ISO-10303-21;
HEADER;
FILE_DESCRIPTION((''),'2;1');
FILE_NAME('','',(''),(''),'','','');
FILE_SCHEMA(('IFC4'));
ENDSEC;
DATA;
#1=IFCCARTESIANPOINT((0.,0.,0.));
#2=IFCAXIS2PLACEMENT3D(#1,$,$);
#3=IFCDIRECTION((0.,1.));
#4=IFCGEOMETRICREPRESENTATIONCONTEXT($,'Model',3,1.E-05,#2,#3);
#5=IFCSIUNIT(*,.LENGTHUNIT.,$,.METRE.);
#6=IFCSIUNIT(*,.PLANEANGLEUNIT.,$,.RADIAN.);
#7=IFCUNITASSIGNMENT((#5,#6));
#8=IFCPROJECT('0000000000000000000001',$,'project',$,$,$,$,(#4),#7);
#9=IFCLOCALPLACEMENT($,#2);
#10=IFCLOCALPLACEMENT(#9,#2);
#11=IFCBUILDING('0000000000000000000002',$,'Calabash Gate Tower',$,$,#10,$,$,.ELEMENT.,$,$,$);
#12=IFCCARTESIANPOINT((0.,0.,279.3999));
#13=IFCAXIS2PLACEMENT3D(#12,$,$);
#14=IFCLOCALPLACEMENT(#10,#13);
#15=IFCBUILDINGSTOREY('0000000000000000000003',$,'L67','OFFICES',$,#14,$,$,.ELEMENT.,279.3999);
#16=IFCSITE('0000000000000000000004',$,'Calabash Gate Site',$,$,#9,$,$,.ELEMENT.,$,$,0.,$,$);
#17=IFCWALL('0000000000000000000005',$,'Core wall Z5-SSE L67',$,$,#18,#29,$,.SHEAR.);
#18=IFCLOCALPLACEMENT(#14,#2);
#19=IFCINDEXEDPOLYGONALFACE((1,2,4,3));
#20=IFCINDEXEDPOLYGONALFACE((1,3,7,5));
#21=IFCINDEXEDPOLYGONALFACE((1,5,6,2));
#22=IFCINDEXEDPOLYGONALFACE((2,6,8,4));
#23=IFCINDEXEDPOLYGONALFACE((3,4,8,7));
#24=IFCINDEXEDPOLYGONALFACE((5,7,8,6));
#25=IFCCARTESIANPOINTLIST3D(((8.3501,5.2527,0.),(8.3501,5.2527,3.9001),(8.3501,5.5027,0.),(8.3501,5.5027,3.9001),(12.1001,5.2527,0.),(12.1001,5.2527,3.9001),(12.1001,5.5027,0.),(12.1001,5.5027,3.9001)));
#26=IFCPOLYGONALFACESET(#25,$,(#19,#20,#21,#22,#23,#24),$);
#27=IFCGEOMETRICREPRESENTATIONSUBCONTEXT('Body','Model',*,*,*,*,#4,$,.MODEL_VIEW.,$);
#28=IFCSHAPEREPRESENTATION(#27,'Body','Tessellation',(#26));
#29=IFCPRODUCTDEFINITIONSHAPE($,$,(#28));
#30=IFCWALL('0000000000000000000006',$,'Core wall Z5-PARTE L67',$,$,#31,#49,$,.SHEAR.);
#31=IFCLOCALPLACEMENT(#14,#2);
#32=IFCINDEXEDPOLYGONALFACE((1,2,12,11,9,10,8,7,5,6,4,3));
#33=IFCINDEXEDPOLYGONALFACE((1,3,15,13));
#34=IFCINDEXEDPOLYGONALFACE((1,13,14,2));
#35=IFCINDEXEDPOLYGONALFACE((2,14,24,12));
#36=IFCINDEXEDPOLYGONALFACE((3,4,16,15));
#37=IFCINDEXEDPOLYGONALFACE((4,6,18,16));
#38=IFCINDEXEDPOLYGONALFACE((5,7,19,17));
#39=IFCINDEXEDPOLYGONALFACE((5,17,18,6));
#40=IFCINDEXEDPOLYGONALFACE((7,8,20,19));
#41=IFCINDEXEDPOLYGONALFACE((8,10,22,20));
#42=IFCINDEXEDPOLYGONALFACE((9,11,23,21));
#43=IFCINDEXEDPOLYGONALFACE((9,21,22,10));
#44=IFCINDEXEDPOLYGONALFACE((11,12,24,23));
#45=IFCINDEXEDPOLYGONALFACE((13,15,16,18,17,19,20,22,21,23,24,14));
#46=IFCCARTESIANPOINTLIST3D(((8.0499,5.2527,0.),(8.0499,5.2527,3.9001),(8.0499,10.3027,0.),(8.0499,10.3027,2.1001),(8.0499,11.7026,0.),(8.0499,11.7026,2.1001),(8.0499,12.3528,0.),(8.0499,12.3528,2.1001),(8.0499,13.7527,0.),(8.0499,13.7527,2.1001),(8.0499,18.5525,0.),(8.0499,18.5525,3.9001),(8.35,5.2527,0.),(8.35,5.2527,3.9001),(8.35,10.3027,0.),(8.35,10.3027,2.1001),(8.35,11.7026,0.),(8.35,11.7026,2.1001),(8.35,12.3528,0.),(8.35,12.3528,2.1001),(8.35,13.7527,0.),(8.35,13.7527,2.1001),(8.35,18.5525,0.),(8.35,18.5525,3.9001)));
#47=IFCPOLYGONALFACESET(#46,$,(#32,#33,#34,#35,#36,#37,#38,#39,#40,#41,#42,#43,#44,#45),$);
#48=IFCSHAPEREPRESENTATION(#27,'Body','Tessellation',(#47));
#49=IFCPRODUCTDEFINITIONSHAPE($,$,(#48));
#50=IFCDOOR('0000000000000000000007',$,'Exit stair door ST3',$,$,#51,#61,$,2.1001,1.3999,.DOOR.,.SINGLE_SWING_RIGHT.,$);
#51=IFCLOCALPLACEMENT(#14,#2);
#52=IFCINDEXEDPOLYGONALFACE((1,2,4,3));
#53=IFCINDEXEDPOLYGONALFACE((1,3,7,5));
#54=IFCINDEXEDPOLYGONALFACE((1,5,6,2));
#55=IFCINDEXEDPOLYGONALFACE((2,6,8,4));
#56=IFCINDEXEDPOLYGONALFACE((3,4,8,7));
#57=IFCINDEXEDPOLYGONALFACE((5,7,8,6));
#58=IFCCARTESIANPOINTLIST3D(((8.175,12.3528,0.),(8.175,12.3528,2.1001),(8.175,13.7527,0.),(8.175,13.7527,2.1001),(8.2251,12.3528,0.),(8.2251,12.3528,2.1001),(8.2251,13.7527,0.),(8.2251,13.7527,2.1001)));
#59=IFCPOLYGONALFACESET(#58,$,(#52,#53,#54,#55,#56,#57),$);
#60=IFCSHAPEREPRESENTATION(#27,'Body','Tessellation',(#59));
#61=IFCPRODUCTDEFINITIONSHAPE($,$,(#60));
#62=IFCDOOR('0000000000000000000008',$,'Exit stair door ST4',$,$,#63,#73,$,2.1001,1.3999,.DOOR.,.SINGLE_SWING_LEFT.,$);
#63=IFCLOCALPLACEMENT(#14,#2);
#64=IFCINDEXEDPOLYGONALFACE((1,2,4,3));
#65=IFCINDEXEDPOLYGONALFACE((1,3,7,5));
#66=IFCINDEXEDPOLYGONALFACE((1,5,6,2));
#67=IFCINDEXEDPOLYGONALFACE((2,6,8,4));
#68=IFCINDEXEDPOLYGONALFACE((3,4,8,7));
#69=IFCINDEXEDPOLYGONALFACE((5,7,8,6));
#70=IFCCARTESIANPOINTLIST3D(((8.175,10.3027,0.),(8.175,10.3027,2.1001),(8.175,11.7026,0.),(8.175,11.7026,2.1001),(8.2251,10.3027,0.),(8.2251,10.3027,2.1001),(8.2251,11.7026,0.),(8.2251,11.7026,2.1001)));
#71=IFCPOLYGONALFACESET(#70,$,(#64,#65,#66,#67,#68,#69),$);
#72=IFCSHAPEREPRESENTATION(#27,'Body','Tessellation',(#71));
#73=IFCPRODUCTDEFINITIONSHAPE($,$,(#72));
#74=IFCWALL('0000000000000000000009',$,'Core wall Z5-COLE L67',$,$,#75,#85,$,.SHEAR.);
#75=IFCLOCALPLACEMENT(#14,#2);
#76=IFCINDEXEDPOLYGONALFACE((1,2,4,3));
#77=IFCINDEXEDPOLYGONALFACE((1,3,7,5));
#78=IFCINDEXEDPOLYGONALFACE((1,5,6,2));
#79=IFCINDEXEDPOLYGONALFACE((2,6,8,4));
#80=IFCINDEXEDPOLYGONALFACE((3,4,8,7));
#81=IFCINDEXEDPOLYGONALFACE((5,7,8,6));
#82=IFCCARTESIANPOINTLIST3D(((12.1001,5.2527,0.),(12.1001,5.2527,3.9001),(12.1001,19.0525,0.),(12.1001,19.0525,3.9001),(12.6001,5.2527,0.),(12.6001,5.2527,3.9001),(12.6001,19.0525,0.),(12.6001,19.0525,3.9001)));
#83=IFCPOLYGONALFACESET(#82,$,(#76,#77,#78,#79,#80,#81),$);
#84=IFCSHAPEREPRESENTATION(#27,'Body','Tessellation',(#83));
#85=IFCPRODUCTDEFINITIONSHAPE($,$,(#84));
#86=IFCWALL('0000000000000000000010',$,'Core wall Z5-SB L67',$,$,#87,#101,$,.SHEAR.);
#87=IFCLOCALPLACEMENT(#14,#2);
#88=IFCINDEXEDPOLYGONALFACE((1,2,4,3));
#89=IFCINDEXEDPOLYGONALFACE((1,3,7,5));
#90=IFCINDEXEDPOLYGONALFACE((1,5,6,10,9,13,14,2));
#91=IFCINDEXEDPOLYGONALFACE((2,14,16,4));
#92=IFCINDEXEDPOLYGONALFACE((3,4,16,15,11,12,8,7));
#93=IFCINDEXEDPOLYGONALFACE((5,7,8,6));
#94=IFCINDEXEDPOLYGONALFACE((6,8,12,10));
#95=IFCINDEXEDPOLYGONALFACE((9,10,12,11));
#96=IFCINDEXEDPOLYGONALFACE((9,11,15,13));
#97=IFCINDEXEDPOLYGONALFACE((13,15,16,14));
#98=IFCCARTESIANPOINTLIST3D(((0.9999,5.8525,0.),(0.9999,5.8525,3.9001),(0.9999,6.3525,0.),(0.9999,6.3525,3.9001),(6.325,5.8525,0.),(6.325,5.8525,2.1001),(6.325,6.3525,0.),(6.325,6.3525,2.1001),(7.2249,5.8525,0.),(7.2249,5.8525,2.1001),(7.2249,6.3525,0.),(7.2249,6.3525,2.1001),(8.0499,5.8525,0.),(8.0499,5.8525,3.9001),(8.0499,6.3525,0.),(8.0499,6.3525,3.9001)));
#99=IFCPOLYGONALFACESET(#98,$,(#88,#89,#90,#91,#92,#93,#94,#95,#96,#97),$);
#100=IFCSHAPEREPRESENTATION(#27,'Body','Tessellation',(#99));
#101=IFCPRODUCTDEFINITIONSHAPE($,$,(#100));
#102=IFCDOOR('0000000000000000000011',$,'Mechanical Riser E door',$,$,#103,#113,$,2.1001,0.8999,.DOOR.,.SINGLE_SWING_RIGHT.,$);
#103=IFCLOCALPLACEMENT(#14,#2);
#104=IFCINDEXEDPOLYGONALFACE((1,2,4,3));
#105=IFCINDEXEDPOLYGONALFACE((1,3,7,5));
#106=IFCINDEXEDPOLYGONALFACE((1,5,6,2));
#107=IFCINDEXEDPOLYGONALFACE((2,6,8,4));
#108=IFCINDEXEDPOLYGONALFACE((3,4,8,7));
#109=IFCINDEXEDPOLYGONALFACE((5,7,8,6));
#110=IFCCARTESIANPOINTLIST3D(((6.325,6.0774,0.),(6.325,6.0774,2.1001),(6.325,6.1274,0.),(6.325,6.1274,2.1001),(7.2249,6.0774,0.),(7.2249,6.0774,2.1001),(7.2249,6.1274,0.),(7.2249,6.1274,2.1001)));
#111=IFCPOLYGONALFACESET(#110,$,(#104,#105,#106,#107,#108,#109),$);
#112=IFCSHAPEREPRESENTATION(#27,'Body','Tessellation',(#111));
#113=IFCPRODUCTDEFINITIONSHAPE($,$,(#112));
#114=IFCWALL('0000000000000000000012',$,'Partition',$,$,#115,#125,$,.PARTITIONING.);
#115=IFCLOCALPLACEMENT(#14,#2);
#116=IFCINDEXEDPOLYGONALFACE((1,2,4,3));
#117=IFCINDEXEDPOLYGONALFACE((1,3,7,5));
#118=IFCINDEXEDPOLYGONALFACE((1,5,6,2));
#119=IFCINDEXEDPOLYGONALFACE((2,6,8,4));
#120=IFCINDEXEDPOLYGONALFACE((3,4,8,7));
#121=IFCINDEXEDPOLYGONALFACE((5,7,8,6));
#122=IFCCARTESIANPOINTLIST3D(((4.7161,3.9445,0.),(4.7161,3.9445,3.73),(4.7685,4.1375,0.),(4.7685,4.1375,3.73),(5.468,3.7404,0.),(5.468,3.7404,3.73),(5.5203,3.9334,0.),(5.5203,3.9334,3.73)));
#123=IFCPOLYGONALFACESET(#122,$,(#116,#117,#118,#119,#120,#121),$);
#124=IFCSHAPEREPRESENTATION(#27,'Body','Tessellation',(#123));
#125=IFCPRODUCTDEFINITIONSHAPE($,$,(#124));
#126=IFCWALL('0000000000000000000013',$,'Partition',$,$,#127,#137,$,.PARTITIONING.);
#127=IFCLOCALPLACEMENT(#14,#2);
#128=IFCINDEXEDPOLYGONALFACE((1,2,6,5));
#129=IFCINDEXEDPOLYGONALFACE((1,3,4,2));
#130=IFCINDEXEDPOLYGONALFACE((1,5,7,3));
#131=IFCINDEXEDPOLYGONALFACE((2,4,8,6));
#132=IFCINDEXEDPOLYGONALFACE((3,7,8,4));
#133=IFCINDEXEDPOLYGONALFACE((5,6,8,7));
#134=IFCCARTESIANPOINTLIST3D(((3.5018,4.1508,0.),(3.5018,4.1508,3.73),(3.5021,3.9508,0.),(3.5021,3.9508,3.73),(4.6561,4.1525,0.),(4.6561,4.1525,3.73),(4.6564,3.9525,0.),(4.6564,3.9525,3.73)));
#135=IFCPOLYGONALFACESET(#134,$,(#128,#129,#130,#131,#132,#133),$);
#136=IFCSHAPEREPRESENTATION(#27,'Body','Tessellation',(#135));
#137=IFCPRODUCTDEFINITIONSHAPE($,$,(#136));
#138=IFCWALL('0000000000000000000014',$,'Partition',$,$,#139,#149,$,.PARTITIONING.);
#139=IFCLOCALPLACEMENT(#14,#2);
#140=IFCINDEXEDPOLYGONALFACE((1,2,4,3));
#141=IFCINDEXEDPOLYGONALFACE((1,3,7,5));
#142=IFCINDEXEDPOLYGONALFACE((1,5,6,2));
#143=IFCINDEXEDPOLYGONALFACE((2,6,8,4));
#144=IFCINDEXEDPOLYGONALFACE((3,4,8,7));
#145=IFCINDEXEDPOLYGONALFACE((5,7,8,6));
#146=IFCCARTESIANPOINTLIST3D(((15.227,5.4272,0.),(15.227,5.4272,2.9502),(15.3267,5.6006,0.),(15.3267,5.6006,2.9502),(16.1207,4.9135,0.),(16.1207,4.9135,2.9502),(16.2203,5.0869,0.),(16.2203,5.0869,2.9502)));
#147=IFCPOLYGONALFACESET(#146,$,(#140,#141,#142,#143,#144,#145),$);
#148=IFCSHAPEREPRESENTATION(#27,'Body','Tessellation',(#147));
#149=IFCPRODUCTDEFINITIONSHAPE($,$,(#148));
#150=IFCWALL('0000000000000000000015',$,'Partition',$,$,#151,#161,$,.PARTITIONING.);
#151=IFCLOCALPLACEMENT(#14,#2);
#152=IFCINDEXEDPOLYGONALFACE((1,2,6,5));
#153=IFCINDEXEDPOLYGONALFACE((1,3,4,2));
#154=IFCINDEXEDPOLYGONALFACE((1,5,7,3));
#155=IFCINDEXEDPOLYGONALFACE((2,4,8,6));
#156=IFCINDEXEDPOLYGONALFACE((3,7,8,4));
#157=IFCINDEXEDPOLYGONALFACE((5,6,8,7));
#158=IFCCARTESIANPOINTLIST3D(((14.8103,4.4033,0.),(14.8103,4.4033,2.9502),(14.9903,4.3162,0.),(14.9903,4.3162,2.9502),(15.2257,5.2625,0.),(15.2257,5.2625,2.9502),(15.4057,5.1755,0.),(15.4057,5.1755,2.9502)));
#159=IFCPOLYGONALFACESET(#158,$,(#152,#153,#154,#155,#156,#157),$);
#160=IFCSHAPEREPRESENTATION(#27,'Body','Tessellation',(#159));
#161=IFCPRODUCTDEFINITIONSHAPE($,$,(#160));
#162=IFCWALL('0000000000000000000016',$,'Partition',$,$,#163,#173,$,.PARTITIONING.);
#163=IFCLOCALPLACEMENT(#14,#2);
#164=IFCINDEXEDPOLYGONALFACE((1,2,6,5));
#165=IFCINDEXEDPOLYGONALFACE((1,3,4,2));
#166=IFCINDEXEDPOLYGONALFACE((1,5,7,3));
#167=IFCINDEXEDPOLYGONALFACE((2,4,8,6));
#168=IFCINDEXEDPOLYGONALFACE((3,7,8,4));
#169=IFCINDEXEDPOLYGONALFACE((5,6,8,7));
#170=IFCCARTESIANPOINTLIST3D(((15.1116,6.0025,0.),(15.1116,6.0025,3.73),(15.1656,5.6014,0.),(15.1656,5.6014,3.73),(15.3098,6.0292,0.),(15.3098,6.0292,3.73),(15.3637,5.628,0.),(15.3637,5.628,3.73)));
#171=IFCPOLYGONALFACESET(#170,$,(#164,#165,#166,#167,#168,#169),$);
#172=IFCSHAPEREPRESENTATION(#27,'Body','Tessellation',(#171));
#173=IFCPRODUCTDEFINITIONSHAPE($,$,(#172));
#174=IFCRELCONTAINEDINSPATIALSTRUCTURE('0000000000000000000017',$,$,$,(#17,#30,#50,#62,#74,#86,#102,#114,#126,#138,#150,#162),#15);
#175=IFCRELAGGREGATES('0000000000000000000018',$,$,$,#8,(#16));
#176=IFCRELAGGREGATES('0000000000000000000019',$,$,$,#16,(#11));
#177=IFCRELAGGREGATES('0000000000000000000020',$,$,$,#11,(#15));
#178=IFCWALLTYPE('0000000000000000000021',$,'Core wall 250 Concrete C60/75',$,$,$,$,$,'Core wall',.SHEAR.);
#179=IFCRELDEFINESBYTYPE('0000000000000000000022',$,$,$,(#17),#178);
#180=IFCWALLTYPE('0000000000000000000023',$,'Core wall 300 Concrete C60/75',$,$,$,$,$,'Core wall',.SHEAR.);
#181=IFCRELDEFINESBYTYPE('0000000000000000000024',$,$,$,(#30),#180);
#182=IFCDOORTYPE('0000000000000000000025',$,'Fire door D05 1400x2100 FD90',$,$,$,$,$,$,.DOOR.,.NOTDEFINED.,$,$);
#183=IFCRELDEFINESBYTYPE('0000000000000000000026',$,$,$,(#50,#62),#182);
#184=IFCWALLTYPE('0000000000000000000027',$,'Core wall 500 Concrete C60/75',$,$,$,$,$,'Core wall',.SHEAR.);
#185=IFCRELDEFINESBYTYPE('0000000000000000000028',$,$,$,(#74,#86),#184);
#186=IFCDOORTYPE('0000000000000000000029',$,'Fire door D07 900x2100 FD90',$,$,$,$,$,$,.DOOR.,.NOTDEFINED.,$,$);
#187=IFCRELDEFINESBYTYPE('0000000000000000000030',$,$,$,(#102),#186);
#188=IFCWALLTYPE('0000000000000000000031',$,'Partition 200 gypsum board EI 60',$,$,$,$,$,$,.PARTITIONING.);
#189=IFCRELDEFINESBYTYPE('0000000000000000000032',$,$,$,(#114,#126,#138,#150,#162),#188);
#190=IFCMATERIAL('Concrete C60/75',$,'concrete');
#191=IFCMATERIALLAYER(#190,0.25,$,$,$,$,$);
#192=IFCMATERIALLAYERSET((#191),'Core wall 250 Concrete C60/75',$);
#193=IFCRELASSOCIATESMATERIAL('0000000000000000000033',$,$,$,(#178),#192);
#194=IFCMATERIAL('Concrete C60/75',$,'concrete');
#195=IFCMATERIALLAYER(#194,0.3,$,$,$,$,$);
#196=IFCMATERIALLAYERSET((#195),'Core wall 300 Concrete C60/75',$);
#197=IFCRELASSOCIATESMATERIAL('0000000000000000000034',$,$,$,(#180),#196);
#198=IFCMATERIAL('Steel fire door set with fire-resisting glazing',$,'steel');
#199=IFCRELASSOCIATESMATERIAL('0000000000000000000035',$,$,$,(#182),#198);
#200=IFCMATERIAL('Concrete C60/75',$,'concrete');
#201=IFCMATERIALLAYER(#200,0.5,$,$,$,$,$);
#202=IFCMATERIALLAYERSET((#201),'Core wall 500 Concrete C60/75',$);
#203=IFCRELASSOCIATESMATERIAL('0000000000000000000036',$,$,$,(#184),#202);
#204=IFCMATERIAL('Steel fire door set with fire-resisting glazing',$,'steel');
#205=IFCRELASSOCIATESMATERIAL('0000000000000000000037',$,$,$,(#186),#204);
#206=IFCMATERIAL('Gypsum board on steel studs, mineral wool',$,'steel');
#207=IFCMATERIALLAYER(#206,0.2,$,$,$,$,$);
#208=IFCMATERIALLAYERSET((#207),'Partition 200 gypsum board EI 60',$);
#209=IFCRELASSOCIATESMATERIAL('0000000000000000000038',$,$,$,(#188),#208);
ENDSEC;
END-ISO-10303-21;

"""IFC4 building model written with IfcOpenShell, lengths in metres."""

from ifc_helpers import new_model, si_unit, direction, frame, frame_2d, origin, place, context, subcontext, project, spatial, rectangle, extrude, material, layer, layer_set, type_object, element, fill, save


model = new_model("IFC4")

# Units and contexts
model_context = context("Model", 3, precision=1e-05, world=origin(), true_north=direction((0.0, 1.0)))
body_context = subcontext(model_context, "Body", "Model", "MODEL_VIEW")
ifc_project = project(units=[si_unit("LENGTHUNIT", "METRE"), si_unit("PLANEANGLEUNIT", "RADIAN")], contexts=[model_context])

# Site, building, storey
site_placement = place(None, origin())
site = spatial("IfcSite", under=ifc_project, at=site_placement, Name="Calabash Gate Site", CompositionType="ELEMENT", RefElevation=0.0)
building_placement = place(site_placement, origin())
building = spatial("IfcBuilding", under=site, at=building_placement, Name="Calabash Gate Tower", CompositionType="ELEMENT")
storey_placement = place(building_placement, frame((0.0, 0.0, 279.3999)))
storey = spatial("IfcBuildingStorey", under=building, at=storey_placement, Name="L67", Description="OFFICES", CompositionType="ELEMENT", Elevation=279.3999)

# Wall
ifc_material_1 = material(Name="Concrete C60/75", Category="concrete")
ifc_layer_1 = layer(ifc_material_1, 0.25)
ifc_layer_set_1 = layer_set([ifc_layer_1], Name="Core wall 250 Concrete C60/75")
wall_type_1 = type_object("IfcWallType", Name="Core wall 250 Concrete C60/75", ElementType="Core wall", PredefinedType="SHEAR", material=ifc_layer_set_1)
wall_1_placement = place(storey_placement, frame((8.3501, 5.3777, 0.0), z_axis=(0.0, 0.0, 1.0), x_axis=(1.0, 0.0, 0.0)))
element("IfcWall", 1, at=wall_1_placement, inside=storey, type_object=wall_type_1, Name="Core wall Z5-SSE L67", PredefinedType="SHEAR", context=body_context, shape_type="SweptSolid", body=[
    extrude(rectangle(XDim=3.75, YDim=0.25, at=frame_2d((1.875, 0.0))), origin(), (0.0, 0.0, 1.0), 3.9001),
])

# Wall, openings, doors
ifc_material_2 = material(Name="Concrete C60/75", Category="concrete")
ifc_layer_2 = layer(ifc_material_2, 0.3)
ifc_layer_set_2 = layer_set([ifc_layer_2], Name="Core wall 300 Concrete C60/75")
wall_type_2 = type_object("IfcWallType", Name="Core wall 300 Concrete C60/75", ElementType="Core wall", PredefinedType="SHEAR", material=ifc_layer_set_2)
wall_2_placement = place(storey_placement, frame((8.2, 5.2527, 0.0), z_axis=(0.0, 0.0, 1.0), x_axis=(0.0, 1.0, 0.0)))
wall_2 = element("IfcWall", 2, at=wall_2_placement, inside=storey, type_object=wall_type_2, Name="Core wall Z5-PARTE L67", PredefinedType="SHEAR", context=body_context, shape_type="SweptSolid", body=[
    extrude(rectangle(XDim=13.2998, YDim=0.3, at=frame_2d((6.6499, 0.0))), origin(), (0.0, 0.0, 1.0), 3.9001),
])
opening_1_placement = place(wall_2_placement, frame((7.1001, 0.0, 0.0)))
opening_1 = element("IfcOpeningElement", 3, at=opening_1_placement, cuts=wall_2, PredefinedType="OPENING", context=body_context, shape_type="SweptSolid", body=[
    extrude(rectangle(XDim=1.3999, YDim=2.1001, at=frame_2d((0.7, 1.05))), frame((0.0, 0.1599, 0.0), z_axis=(0.0, -1.0, 0.0), x_axis=(1.0, 0.0, 0.0)), (0.0, 0.0, 1.0), 0.3201),
])
opening_2_placement = place(wall_2_placement, frame((5.05, 0.0, 0.0)))
opening_2 = element("IfcOpeningElement", 4, at=opening_2_placement, cuts=wall_2, PredefinedType="OPENING", context=body_context, shape_type="SweptSolid", body=[
    extrude(rectangle(XDim=1.3999, YDim=2.1001, at=frame_2d((0.7, 1.05))), frame((0.0, 0.1599, 0.0), z_axis=(0.0, -1.0, 0.0), x_axis=(1.0, 0.0, 0.0)), (0.0, 0.0, 1.0), 0.3201),
])
ifc_material_3 = material(Name="Steel fire door set with fire-resisting glazing", Category="steel")
door_type_1 = type_object("IfcDoorType", Name="Fire door D05 1400x2100 FD90", OperationType="NOTDEFINED", PredefinedType="DOOR", material=ifc_material_3)
door_1_placement = place(opening_1_placement, origin())
door_1 = element("IfcDoor", 5, at=door_1_placement, inside=storey, type_object=door_type_1, Name="Exit stair door ST3", OperationType="SINGLE_SWING_RIGHT", OverallHeight=2.1001, OverallWidth=1.3999, PredefinedType="DOOR", context=body_context, shape_type="SweptSolid", body=[
    extrude(rectangle(XDim=1.3999, YDim=2.1001, at=frame_2d((0.7, 1.05))), frame((0.0, 0.0249, 0.0), z_axis=(0.0, -1.0, 0.0), x_axis=(1.0, 0.0, 0.0)), (0.0, 0.0, 1.0), 0.05),
])
fill(opening_1, door_1)
door_2_placement = place(opening_2_placement, origin())
door_2 = element("IfcDoor", 6, at=door_2_placement, inside=storey, type_object=door_type_1, Name="Exit stair door ST4", OperationType="SINGLE_SWING_LEFT", OverallHeight=2.1001, OverallWidth=1.3999, PredefinedType="DOOR", context=body_context, shape_type="SweptSolid", body=[
    extrude(rectangle(XDim=1.3999, YDim=2.1001, at=frame_2d((0.7, 1.05))), frame((0.0, 0.0249, 0.0), z_axis=(0.0, -1.0, 0.0), x_axis=(1.0, 0.0, 0.0)), (0.0, 0.0, 1.0), 0.05),
])
fill(opening_2, door_2)

# Wall
ifc_material_4 = material(Name="Concrete C60/75", Category="concrete")
ifc_layer_3 = layer(ifc_material_4, 0.5)
ifc_layer_set_3 = layer_set([ifc_layer_3], Name="Core wall 500 Concrete C60/75")
wall_type_3 = type_object("IfcWallType", Name="Core wall 500 Concrete C60/75", ElementType="Core wall", PredefinedType="SHEAR", material=ifc_layer_set_3)
wall_3_placement = place(storey_placement, frame((12.3501, 5.2527, 0.0), z_axis=(0.0, 0.0, 1.0), x_axis=(0.0, 1.0, 0.0)))
element("IfcWall", 7, at=wall_3_placement, inside=storey, type_object=wall_type_3, Name="Core wall Z5-COLE L67", PredefinedType="SHEAR", context=body_context, shape_type="SweptSolid", body=[
    extrude(rectangle(XDim=13.7998, YDim=0.5, at=frame_2d((6.8999, 0.0))), origin(), (0.0, 0.0, 1.0), 3.9001),
])

# Wall, opening, door
wall_4_placement = place(storey_placement, frame((1.0, 6.1025, 0.0), z_axis=(0.0, 0.0, 1.0), x_axis=(1.0, 0.0, 0.0)))
wall_4 = element("IfcWall", 8, at=wall_4_placement, inside=storey, type_object=wall_type_3, Name="Core wall Z5-SB L67", PredefinedType="SHEAR", context=body_context, shape_type="SweptSolid", body=[
    extrude(rectangle(XDim=7.05, YDim=0.5, at=frame_2d((3.5249, 0.0))), origin(), (0.0, 0.0, 1.0), 3.9001),
])
opening_3_placement = place(wall_4_placement, frame((5.325, 0.0, 0.0)))
opening_3 = element("IfcOpeningElement", 9, at=opening_3_placement, cuts=wall_4, PredefinedType="OPENING", context=body_context, shape_type="SweptSolid", body=[
    extrude(rectangle(XDim=0.8999, YDim=2.1001, at=frame_2d((0.45, 1.05))), frame((0.0, 0.26, 0.0), z_axis=(0.0, -1.0, 0.0), x_axis=(1.0, 0.0, 0.0)), (0.0, 0.0, 1.0), 0.52),
])
ifc_material_5 = material(Name="Steel fire door set with fire-resisting glazing", Category="steel")
door_type_2 = type_object("IfcDoorType", Name="Fire door D07 900x2100 FD90", OperationType="NOTDEFINED", PredefinedType="DOOR", material=ifc_material_5)
door_3_placement = place(opening_3_placement, origin())
door_3 = element("IfcDoor", 10, at=door_3_placement, inside=storey, type_object=door_type_2, Name="Mechanical Riser E door", OperationType="SINGLE_SWING_RIGHT", OverallHeight=2.1001, OverallWidth=0.8999, PredefinedType="DOOR", context=body_context, shape_type="SweptSolid", body=[
    extrude(rectangle(XDim=0.8999, YDim=2.1001, at=frame_2d((0.45, 1.05))), frame((0.0, 0.0249, 0.0), z_axis=(0.0, -1.0, 0.0), x_axis=(1.0, 0.0, 0.0)), (0.0, 0.0, 1.0), 0.05),
])
fill(opening_3, door_3)

# Walls
ifc_material_6 = material(Name="Gypsum board on steel studs, mineral wool", Category="steel")
ifc_layer_4 = layer(ifc_material_6, 0.2)
ifc_layer_set_4 = layer_set([ifc_layer_4], Name="Partition 200 gypsum board EI 60")
wall_type_4 = type_object("IfcWallType", Name="Partition 200 gypsum board EI 60", PredefinedType="PARTITIONING", material=ifc_layer_set_4)
wall_5_placement = place(storey_placement, frame((4.7422, 4.041, 0.0), z_axis=(0.0, 0.0, 1.0), x_axis=(0.965081, -0.261951, 0.0)))
element("IfcWall", 11, at=wall_5_placement, inside=storey, type_object=wall_type_4, Name="Partition", PredefinedType="PARTITIONING", context=body_context, shape_type="SweptSolid", body=[
    extrude(rectangle(XDim=0.7791, YDim=0.2, at=frame_2d((0.3896, 0.0))), origin(), (0.0, 0.0, 1.0), 3.73),
])
wall_6_placement = place(storey_placement, frame((3.502, 4.0508, 0.0), z_axis=(0.0, 0.0, 1.0), x_axis=(0.999999, 0.001481, 0.0)))
element("IfcWall", 12, at=wall_6_placement, inside=storey, type_object=wall_type_4, Name="Partition", PredefinedType="PARTITIONING", context=body_context, shape_type="SweptSolid", body=[
    extrude(rectangle(XDim=1.1543, YDim=0.2, at=frame_2d((0.5771, 0.0))), origin(), (0.0, 0.0, 1.0), 3.73),
])
wall_7_placement = place(storey_placement, frame((15.2769, 5.5139, 0.0), z_axis=(0.0, 0.0, 1.0), x_axis=(0.866957, -0.498382, 0.0)))
element("IfcWall", 13, at=wall_7_placement, inside=storey, type_object=wall_type_4, Name="Partition", PredefinedType="PARTITIONING", context=body_context, shape_type="SweptSolid", body=[
    extrude(rectangle(XDim=1.0308, YDim=0.2, at=frame_2d((0.5154, 0.0))), origin(), (0.0, 0.0, 1.0), 2.9502),
])
wall_8_placement = place(storey_placement, frame((14.9004, 4.3599, 0.0), z_axis=(0.0, 0.0, 1.0), x_axis=(0.4352, 0.900334, 0.0)))
element("IfcWall", 14, at=wall_8_placement, inside=storey, type_object=wall_type_4, Name="Partition", PredefinedType="PARTITIONING", context=body_context, shape_type="SweptSolid", body=[
    extrude(rectangle(XDim=0.9543, YDim=0.2, at=frame_2d((0.4771, 0.0))), origin(), (0.0, 0.0, 1.0), 2.9502),
])
wall_9_placement = place(storey_placement, frame((15.2107, 6.0159, 0.0), z_axis=(0.0, 0.0, 1.0), x_axis=(0.133309, -0.991074, 0.0)))
element("IfcWall", 15, at=wall_9_placement, inside=storey, type_object=wall_type_4, Name="Partition", PredefinedType="PARTITIONING", context=body_context, shape_type="SweptSolid", body=[
    extrude(rectangle(XDim=0.4048, YDim=0.2, at=frame_2d((0.2024, 0.0))), origin(), (0.0, 0.0, 1.0), 3.73),
])

save(model, "model.ifc")
